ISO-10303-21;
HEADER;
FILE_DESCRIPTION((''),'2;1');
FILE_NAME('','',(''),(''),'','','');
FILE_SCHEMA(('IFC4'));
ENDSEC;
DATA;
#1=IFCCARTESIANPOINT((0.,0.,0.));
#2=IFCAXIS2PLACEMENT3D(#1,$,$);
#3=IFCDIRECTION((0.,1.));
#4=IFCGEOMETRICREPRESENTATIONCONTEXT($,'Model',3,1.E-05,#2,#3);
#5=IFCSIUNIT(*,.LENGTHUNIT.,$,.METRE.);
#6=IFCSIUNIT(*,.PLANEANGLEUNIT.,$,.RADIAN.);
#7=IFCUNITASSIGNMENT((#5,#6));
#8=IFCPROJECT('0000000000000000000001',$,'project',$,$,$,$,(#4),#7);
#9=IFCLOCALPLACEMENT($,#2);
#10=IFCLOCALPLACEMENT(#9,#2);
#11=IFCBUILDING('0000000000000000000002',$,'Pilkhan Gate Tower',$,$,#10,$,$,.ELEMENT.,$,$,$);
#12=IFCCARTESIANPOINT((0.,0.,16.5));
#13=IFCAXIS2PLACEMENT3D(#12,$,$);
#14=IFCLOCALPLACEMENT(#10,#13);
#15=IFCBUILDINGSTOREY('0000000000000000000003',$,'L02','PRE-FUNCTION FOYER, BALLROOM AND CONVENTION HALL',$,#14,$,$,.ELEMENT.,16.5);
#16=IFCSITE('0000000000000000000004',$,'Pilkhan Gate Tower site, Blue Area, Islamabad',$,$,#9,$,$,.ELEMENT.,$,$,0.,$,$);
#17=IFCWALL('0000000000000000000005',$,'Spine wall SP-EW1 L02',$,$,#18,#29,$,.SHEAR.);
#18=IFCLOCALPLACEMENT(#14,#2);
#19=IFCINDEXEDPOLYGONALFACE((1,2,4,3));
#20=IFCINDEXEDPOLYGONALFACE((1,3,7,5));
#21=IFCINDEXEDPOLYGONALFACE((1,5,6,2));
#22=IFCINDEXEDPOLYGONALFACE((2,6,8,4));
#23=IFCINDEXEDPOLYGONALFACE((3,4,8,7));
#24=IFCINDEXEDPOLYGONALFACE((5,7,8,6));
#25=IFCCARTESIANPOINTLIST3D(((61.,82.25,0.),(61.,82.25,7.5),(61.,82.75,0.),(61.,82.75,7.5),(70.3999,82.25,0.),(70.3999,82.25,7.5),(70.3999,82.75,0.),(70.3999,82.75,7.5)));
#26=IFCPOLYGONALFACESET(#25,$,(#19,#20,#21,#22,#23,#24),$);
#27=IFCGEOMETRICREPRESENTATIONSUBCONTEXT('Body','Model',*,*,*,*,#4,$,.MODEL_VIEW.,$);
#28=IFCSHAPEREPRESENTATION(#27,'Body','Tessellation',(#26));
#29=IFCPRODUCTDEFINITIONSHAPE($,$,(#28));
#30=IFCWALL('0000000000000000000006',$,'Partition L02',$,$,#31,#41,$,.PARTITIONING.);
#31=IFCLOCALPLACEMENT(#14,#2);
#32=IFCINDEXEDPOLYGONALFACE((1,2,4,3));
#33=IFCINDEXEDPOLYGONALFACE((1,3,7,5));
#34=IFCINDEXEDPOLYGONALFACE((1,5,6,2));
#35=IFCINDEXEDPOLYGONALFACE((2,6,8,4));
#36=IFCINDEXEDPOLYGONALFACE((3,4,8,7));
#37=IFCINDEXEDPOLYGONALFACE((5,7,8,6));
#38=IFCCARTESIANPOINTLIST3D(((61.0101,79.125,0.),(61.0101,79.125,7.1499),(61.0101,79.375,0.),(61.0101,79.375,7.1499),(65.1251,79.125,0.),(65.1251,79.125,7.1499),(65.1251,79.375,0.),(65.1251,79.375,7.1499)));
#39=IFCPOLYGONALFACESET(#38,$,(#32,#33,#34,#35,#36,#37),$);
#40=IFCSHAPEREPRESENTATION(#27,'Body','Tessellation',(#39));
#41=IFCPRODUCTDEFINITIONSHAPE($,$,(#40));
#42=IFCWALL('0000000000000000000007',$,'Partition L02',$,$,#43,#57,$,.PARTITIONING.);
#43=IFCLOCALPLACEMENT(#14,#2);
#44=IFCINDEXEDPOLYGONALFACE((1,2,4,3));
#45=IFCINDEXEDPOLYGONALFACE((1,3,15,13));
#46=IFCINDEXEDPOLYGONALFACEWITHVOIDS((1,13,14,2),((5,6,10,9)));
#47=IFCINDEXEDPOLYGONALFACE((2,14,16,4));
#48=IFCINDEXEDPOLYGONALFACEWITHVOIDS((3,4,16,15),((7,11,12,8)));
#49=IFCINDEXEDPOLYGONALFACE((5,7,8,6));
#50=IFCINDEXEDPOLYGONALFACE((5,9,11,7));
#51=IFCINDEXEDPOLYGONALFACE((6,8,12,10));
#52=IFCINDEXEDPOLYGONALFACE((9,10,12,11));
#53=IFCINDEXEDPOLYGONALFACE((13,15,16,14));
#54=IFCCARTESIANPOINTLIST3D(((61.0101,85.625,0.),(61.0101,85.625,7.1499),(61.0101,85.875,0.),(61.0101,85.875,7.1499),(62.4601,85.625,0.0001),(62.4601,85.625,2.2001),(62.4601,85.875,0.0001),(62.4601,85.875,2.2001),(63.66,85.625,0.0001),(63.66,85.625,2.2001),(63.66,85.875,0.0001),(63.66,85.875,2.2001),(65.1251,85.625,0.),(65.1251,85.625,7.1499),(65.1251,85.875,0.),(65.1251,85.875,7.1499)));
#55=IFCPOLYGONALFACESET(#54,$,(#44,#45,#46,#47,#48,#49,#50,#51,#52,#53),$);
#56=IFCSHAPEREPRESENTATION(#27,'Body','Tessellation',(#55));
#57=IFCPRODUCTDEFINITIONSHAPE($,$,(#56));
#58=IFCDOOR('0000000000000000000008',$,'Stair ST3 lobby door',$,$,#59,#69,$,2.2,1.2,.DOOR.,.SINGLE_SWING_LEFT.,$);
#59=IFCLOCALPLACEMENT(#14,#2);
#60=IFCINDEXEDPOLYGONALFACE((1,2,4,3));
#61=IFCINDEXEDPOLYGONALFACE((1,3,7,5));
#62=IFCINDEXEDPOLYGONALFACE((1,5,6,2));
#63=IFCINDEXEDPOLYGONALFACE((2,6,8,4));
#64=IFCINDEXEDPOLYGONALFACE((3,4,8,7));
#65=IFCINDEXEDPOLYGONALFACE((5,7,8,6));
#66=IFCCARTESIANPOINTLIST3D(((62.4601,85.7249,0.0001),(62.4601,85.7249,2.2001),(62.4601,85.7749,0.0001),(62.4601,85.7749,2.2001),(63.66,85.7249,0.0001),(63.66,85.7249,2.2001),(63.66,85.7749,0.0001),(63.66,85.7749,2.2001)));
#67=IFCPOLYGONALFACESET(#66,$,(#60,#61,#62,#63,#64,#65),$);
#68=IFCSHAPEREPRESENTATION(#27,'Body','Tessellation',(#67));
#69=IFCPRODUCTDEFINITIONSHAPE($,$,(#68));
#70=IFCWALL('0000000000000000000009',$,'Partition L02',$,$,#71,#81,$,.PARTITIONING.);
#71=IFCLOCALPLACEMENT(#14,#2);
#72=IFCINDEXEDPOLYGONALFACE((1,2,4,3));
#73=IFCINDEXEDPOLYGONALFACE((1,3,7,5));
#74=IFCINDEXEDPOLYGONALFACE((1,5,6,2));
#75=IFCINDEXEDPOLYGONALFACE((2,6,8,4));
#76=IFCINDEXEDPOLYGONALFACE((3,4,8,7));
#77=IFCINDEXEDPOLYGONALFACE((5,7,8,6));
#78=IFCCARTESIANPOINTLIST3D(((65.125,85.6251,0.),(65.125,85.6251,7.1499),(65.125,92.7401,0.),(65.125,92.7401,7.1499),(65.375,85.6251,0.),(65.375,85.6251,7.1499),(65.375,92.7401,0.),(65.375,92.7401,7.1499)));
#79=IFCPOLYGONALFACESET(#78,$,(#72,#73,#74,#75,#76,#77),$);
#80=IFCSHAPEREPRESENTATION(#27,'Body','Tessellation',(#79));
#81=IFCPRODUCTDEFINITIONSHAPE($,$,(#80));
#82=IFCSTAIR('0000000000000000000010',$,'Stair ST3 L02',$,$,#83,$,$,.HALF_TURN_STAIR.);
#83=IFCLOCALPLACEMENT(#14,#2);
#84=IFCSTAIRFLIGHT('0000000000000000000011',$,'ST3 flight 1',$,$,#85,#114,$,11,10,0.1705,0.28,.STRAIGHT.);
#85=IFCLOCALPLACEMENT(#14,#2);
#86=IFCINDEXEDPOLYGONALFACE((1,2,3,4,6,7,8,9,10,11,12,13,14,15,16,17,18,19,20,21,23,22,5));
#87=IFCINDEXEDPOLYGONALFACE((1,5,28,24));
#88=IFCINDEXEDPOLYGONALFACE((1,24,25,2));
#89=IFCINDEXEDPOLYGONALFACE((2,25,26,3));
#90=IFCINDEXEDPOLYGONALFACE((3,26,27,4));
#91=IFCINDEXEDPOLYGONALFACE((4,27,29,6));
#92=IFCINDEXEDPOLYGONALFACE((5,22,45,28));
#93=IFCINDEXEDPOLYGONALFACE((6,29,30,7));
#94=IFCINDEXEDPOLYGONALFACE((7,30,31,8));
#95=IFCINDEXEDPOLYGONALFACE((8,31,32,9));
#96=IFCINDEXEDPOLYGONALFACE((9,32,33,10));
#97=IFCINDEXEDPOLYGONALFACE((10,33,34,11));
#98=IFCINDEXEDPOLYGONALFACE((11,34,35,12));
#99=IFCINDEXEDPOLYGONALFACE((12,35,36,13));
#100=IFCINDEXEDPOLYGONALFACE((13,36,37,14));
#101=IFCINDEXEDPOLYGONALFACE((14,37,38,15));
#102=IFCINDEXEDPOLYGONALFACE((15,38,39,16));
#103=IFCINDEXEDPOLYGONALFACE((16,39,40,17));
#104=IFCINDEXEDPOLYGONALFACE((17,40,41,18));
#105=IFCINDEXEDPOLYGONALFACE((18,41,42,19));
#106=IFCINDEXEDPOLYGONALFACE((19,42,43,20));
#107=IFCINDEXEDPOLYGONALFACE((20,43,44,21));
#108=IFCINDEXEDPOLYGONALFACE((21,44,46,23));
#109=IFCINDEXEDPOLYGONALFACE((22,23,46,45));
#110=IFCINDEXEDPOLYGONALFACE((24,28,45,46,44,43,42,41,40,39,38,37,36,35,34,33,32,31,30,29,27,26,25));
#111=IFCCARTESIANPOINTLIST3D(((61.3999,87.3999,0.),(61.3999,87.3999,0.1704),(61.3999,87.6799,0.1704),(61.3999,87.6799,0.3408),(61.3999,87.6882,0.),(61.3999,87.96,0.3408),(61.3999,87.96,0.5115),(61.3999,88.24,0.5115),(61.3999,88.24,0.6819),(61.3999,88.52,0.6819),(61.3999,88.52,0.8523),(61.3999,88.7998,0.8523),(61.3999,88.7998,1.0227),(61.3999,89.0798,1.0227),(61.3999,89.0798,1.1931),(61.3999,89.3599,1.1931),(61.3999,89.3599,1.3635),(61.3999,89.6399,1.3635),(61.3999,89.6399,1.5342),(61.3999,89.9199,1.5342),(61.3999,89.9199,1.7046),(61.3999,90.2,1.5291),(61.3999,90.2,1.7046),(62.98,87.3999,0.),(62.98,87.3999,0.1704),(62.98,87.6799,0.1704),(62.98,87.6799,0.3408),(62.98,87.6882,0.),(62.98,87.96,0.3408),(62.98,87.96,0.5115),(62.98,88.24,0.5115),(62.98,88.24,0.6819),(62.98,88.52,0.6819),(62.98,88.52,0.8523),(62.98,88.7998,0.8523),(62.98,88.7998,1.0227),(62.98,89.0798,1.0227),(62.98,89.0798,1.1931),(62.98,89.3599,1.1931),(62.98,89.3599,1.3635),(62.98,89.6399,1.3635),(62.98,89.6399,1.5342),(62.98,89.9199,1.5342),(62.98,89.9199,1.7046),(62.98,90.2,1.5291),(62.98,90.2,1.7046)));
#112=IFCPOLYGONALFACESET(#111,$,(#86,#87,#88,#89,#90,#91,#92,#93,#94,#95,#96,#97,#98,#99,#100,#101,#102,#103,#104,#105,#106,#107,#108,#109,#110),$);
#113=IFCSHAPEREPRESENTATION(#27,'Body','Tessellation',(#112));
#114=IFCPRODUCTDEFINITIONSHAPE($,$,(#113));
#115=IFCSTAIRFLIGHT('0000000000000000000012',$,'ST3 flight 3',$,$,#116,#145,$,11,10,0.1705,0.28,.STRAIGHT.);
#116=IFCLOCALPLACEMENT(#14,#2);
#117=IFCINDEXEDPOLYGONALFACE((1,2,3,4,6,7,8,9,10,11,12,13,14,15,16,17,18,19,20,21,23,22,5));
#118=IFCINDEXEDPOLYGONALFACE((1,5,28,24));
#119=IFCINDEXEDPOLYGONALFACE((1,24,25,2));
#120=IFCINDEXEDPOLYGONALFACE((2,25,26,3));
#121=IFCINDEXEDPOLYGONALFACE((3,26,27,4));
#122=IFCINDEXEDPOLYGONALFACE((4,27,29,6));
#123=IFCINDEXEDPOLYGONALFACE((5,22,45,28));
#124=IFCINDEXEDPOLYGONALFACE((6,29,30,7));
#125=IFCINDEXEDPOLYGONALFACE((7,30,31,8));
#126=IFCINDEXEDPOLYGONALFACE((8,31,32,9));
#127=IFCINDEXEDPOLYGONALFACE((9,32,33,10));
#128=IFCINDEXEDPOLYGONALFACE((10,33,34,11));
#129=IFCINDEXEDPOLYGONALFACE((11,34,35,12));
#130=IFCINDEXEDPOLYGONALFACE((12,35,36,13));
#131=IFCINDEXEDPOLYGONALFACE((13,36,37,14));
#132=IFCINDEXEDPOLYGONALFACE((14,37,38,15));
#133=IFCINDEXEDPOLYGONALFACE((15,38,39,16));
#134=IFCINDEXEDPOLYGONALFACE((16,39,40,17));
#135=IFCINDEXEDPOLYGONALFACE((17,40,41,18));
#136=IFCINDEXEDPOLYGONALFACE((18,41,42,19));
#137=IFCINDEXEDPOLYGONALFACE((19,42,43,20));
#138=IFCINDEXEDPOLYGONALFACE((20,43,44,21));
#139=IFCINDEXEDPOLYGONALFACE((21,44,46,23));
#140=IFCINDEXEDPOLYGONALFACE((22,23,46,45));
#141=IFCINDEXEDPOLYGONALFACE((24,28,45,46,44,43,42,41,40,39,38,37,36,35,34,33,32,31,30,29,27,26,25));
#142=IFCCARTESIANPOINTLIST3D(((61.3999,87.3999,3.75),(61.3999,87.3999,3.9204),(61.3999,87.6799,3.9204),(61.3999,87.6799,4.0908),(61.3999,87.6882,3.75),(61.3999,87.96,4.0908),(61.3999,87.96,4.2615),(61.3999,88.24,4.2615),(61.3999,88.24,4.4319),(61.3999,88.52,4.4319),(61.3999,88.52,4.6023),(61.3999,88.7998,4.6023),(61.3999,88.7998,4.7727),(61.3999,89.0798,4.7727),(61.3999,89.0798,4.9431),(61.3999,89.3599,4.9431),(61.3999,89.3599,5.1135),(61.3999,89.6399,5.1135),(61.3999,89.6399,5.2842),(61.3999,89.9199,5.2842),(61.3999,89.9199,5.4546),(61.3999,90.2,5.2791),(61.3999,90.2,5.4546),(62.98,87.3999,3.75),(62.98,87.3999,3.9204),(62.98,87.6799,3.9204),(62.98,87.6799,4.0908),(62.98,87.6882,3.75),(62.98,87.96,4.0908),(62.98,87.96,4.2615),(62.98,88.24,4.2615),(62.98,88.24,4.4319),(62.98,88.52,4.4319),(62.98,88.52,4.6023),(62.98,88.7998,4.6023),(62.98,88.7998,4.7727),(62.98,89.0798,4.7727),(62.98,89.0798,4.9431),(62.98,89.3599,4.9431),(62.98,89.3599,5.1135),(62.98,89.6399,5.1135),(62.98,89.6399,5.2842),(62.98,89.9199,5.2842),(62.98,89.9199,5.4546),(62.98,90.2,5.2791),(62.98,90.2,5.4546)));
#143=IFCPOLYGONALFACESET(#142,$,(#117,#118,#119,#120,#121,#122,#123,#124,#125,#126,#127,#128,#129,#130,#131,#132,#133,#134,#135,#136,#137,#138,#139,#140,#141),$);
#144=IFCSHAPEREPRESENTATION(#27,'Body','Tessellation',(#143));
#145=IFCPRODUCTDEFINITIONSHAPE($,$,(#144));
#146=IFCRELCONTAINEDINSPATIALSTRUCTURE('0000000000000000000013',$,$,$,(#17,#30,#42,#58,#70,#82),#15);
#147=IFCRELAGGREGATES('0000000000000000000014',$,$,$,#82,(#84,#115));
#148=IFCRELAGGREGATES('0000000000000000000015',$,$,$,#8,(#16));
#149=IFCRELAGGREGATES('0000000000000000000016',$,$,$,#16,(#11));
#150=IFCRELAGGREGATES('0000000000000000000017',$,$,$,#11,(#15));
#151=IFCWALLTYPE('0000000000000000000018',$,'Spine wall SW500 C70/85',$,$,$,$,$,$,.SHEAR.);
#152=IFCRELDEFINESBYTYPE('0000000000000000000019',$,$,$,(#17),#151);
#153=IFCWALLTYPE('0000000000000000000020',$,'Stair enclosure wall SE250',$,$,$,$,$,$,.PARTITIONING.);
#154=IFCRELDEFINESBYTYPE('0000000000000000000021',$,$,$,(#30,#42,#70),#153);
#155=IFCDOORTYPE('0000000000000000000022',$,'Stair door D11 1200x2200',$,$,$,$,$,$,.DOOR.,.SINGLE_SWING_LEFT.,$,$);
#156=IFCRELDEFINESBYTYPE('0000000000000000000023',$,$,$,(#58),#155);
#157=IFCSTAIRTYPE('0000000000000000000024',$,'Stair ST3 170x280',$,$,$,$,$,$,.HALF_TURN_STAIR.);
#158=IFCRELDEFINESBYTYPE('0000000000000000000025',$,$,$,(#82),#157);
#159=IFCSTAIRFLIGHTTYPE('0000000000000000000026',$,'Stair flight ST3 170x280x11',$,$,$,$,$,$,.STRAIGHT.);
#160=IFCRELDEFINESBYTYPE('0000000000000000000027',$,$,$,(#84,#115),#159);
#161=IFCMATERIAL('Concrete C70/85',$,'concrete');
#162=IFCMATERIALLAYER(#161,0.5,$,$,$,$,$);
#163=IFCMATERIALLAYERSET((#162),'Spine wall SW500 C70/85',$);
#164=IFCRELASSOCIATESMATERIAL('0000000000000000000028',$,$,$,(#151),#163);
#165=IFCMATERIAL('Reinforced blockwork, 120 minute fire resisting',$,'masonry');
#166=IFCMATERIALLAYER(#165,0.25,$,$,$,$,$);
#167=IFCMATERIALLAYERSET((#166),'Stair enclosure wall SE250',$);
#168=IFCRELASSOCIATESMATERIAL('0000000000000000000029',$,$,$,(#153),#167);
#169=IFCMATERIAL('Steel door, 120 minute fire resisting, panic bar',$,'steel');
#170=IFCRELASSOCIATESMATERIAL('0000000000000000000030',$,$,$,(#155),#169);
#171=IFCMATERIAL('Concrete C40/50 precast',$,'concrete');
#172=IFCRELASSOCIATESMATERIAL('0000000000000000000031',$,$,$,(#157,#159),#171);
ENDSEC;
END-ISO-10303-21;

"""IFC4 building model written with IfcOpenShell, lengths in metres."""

from ifc_helpers import new_model, si_unit, direction, frame, frame_2d, origin, place, context, subcontext, project, spatial, polyline, rectangle, outline, extrude, material, layer, layer_set, type_object, element, fill, aggregate, save


model = new_model("IFC4")

# Units and contexts
model_context = context("Model", 3, precision=1e-05, world=origin(), true_north=direction((0.0, 1.0)))
body_context = subcontext(model_context, "Body", "Model", "MODEL_VIEW")
ifc_project = project(units=[si_unit("LENGTHUNIT", "METRE"), si_unit("PLANEANGLEUNIT", "RADIAN")], contexts=[model_context])

# Site, building, storey
site_placement = place(None, origin())
site = spatial("IfcSite", under=ifc_project, at=site_placement, Name="Pilkhan Gate Tower site, Blue Area, Islamabad", CompositionType="ELEMENT", RefElevation=0.0)
building_placement = place(site_placement, origin())
building = spatial("IfcBuilding", under=site, at=building_placement, Name="Pilkhan Gate Tower", CompositionType="ELEMENT")
storey_placement = place(building_placement, frame((0.0, 0.0, 16.5)))
storey = spatial("IfcBuildingStorey", under=building, at=storey_placement, Name="L02", Description="PRE-FUNCTION FOYER, BALLROOM AND CONVENTION HALL", CompositionType="ELEMENT", Elevation=16.5)

# Walls
ifc_material_1 = material(Name="Concrete C70/85", Category="concrete")
ifc_layer_1 = layer(ifc_material_1, 0.5)
ifc_layer_set_1 = layer_set([ifc_layer_1], Name="Spine wall SW500 C70/85")
wall_type_1 = type_object("IfcWallType", Name="Spine wall SW500 C70/85", PredefinedType="SHEAR", material=ifc_layer_set_1)
wall_1_placement = place(storey_placement, frame((61.0, 82.5, 0.0), z_axis=(0.0, 0.0, 1.0), x_axis=(1.0, 0.0, 0.0)))
element("IfcWall", 1, at=wall_1_placement, inside=storey, type_object=wall_type_1, Name="Spine wall SP-EW1 L02", PredefinedType="SHEAR", context=body_context, shape_type="SweptSolid", body=[
    extrude(rectangle(XDim=9.3999, YDim=0.5, at=frame_2d((4.7, 0.0))), origin(), (0.0, 0.0, 1.0), 7.5),
])
ifc_material_2 = material(Name="Reinforced blockwork, 120 minute fire resisting", Category="masonry")
ifc_layer_2 = layer(ifc_material_2, 0.25)
ifc_layer_set_2 = layer_set([ifc_layer_2], Name="Stair enclosure wall SE250")
wall_type_2 = type_object("IfcWallType", Name="Stair enclosure wall SE250", PredefinedType="PARTITIONING", material=ifc_layer_set_2)
wall_2_placement = place(storey_placement, frame((61.01, 79.25, 0.0), z_axis=(0.0, 0.0, 1.0), x_axis=(1.0, 0.0, 0.0)))
element("IfcWall", 2, at=wall_2_placement, inside=storey, type_object=wall_type_2, Name="Partition L02", PredefinedType="PARTITIONING", context=body_context, shape_type="SweptSolid", body=[
    extrude(rectangle(XDim=4.115, YDim=0.25, at=frame_2d((2.0576, 0.0))), origin(), (0.0, 0.0, 1.0), 7.1499),
])

# Wall, opening, door
wall_3_placement = place(storey_placement, frame((61.01, 85.75, 0.0), z_axis=(0.0, 0.0, 1.0), x_axis=(1.0, 0.0, 0.0)))
wall_3 = element("IfcWall", 3, at=wall_3_placement, inside=storey, type_object=wall_type_2, Name="Partition L02", PredefinedType="PARTITIONING", context=body_context, shape_type="SweptSolid", body=[
    extrude(rectangle(XDim=4.115, YDim=0.25, at=frame_2d((2.0576, 0.0))), origin(), (0.0, 0.0, 1.0), 7.1499),
])
opening_1_placement = place(wall_3_placement, frame((1.45, 0.0, 0.0)))
opening_1 = element("IfcOpeningElement", 4, at=opening_1_placement, cuts=wall_3, PredefinedType="OPENING", context=body_context, shape_type="SweptSolid", body=[
    extrude(rectangle(XDim=1.2, YDim=2.2, at=frame_2d((0.6001, 1.1001))), frame((0.0, 0.135, 0.0), z_axis=(0.0, -1.0, 0.0), x_axis=(1.0, 0.0, 0.0)), (0.0, 0.0, 1.0), 0.27),
])
ifc_material_3 = material(Name="Steel door, 120 minute fire resisting, panic bar", Category="steel")
door_type_1 = type_object("IfcDoorType", Name="Stair door D11 1200x2200", OperationType="SINGLE_SWING_LEFT", PredefinedType="DOOR", material=ifc_material_3)
door_1_placement = place(opening_1_placement, origin())
door_1 = element("IfcDoor", 5, at=door_1_placement, inside=storey, type_object=door_type_1, Name="Stair ST3 lobby door", OperationType="SINGLE_SWING_LEFT", OverallHeight=2.2, OverallWidth=1.2, PredefinedType="DOOR", context=body_context, shape_type="SweptSolid", body=[
    extrude(rectangle(XDim=1.2, YDim=2.2, at=frame_2d((0.6001, 1.1001))), frame((0.0, 0.0249, 0.0), z_axis=(0.0, -1.0, 0.0), x_axis=(1.0, 0.0, 0.0)), (0.0, 0.0, 1.0), 0.05),
])
fill(opening_1, door_1)

# Wall
wall_4_placement = place(storey_placement, frame((65.25, 85.625, 0.0), z_axis=(0.0, 0.0, 1.0), x_axis=(0.0, 1.0, 0.0)))
element("IfcWall", 6, at=wall_4_placement, inside=storey, type_object=wall_type_2, Name="Partition L02", PredefinedType="PARTITIONING", context=body_context, shape_type="SweptSolid", body=[
    extrude(rectangle(XDim=7.115, YDim=0.25, at=frame_2d((3.5576, 0.0))), origin(), (0.0, 0.0, 1.0), 7.1499),
])

# Stair, stair flights
ifc_material_4 = material(Name="Concrete C40/50 precast", Category="concrete")
stair_type = type_object("IfcStairType", Name="Stair ST3 170x280", PredefinedType="HALF_TURN_STAIR", material=ifc_material_4)
stair_placement = place(storey_placement, origin())
stair = element("IfcStair", 7, at=stair_placement, inside=storey, type_object=stair_type, Name="Stair ST3 L02", PredefinedType="HALF_TURN_STAIR")
stair_flight_type = type_object("IfcStairFlightType", Name="Stair flight ST3 170x280x11", PredefinedType="STRAIGHT", material=ifc_material_4)
stair_flight_1_placement = place(storey_placement, frame((62.1899, 87.3999, 0.0), z_axis=(0.0, 0.0, 1.0), x_axis=(0.0, 1.0, 0.0)))
stair_flight_1 = element("IfcStairFlight", 8, at=stair_flight_1_placement, type_object=stair_flight_type, Name="ST3 flight 1", NumberOfRisers=11, NumberOfTreads=10, PredefinedType="STRAIGHT", RiserHeight=0.1705, TreadLength=0.28, context=body_context, shape_type="SweptSolid", body=[
    extrude(outline(polyline([(0.0, 0.0), (0.0, 0.1704), (0.28, 0.1704), (0.28, 0.3408), (0.5601, 0.3408), (0.5601, 0.5115), (0.8401, 0.5115), (0.8401, 0.6819), (1.1201, 0.6819), (1.1201, 0.8523), (1.3999, 0.8523), (1.3999, 1.0227), (1.6799, 1.0227), (1.6799, 1.1931), (1.96, 1.1931), (1.96, 1.3635), (2.24, 1.3635), (2.24, 1.5342), (2.52, 1.5342), (2.52, 1.7046), (2.8, 1.7046), (2.8, 1.875), (2.8, 1.5291), (0.2883, 0.0), (0.0, 0.0)])), frame((0.0, 0.79, 0.0), z_axis=(0.0, -1.0, 0.0), x_axis=(1.0, 0.0, 0.0)), (0.0, 0.0, 1.0), 1.5801),
])
stair_flight_2_placement = place(storey_placement, frame((62.1899, 87.3999, 3.75), z_axis=(0.0, 0.0, 1.0), x_axis=(0.0, 1.0, 0.0)))
stair_flight_2 = element("IfcStairFlight", 9, at=stair_flight_2_placement, type_object=stair_flight_type, Name="ST3 flight 3", NumberOfRisers=11, NumberOfTreads=10, PredefinedType="STRAIGHT", RiserHeight=0.1705, TreadLength=0.28, context=body_context, shape_type="SweptSolid", body=[
    extrude(outline(polyline([(0.0, 0.0), (0.0, 0.1704), (0.28, 0.1704), (0.28, 0.3408), (0.5601, 0.3408), (0.5601, 0.5115), (0.8401, 0.5115), (0.8401, 0.6819), (1.1201, 0.6819), (1.1201, 0.8523), (1.3999, 0.8523), (1.3999, 1.0227), (1.6799, 1.0227), (1.6799, 1.1931), (1.96, 1.1931), (1.96, 1.3635), (2.24, 1.3635), (2.24, 1.5342), (2.52, 1.5342), (2.52, 1.7046), (2.8, 1.7046), (2.8, 1.875), (2.8, 1.5291), (0.2883, 0.0), (0.0, 0.0)])), frame((0.0, 0.79, 0.0), z_axis=(0.0, -1.0, 0.0), x_axis=(1.0, 0.0, 0.0)), (0.0, 0.0, 1.0), 1.5801),
])
aggregate(stair, [stair_flight_1, stair_flight_2])

save(model, "model.ifc")
